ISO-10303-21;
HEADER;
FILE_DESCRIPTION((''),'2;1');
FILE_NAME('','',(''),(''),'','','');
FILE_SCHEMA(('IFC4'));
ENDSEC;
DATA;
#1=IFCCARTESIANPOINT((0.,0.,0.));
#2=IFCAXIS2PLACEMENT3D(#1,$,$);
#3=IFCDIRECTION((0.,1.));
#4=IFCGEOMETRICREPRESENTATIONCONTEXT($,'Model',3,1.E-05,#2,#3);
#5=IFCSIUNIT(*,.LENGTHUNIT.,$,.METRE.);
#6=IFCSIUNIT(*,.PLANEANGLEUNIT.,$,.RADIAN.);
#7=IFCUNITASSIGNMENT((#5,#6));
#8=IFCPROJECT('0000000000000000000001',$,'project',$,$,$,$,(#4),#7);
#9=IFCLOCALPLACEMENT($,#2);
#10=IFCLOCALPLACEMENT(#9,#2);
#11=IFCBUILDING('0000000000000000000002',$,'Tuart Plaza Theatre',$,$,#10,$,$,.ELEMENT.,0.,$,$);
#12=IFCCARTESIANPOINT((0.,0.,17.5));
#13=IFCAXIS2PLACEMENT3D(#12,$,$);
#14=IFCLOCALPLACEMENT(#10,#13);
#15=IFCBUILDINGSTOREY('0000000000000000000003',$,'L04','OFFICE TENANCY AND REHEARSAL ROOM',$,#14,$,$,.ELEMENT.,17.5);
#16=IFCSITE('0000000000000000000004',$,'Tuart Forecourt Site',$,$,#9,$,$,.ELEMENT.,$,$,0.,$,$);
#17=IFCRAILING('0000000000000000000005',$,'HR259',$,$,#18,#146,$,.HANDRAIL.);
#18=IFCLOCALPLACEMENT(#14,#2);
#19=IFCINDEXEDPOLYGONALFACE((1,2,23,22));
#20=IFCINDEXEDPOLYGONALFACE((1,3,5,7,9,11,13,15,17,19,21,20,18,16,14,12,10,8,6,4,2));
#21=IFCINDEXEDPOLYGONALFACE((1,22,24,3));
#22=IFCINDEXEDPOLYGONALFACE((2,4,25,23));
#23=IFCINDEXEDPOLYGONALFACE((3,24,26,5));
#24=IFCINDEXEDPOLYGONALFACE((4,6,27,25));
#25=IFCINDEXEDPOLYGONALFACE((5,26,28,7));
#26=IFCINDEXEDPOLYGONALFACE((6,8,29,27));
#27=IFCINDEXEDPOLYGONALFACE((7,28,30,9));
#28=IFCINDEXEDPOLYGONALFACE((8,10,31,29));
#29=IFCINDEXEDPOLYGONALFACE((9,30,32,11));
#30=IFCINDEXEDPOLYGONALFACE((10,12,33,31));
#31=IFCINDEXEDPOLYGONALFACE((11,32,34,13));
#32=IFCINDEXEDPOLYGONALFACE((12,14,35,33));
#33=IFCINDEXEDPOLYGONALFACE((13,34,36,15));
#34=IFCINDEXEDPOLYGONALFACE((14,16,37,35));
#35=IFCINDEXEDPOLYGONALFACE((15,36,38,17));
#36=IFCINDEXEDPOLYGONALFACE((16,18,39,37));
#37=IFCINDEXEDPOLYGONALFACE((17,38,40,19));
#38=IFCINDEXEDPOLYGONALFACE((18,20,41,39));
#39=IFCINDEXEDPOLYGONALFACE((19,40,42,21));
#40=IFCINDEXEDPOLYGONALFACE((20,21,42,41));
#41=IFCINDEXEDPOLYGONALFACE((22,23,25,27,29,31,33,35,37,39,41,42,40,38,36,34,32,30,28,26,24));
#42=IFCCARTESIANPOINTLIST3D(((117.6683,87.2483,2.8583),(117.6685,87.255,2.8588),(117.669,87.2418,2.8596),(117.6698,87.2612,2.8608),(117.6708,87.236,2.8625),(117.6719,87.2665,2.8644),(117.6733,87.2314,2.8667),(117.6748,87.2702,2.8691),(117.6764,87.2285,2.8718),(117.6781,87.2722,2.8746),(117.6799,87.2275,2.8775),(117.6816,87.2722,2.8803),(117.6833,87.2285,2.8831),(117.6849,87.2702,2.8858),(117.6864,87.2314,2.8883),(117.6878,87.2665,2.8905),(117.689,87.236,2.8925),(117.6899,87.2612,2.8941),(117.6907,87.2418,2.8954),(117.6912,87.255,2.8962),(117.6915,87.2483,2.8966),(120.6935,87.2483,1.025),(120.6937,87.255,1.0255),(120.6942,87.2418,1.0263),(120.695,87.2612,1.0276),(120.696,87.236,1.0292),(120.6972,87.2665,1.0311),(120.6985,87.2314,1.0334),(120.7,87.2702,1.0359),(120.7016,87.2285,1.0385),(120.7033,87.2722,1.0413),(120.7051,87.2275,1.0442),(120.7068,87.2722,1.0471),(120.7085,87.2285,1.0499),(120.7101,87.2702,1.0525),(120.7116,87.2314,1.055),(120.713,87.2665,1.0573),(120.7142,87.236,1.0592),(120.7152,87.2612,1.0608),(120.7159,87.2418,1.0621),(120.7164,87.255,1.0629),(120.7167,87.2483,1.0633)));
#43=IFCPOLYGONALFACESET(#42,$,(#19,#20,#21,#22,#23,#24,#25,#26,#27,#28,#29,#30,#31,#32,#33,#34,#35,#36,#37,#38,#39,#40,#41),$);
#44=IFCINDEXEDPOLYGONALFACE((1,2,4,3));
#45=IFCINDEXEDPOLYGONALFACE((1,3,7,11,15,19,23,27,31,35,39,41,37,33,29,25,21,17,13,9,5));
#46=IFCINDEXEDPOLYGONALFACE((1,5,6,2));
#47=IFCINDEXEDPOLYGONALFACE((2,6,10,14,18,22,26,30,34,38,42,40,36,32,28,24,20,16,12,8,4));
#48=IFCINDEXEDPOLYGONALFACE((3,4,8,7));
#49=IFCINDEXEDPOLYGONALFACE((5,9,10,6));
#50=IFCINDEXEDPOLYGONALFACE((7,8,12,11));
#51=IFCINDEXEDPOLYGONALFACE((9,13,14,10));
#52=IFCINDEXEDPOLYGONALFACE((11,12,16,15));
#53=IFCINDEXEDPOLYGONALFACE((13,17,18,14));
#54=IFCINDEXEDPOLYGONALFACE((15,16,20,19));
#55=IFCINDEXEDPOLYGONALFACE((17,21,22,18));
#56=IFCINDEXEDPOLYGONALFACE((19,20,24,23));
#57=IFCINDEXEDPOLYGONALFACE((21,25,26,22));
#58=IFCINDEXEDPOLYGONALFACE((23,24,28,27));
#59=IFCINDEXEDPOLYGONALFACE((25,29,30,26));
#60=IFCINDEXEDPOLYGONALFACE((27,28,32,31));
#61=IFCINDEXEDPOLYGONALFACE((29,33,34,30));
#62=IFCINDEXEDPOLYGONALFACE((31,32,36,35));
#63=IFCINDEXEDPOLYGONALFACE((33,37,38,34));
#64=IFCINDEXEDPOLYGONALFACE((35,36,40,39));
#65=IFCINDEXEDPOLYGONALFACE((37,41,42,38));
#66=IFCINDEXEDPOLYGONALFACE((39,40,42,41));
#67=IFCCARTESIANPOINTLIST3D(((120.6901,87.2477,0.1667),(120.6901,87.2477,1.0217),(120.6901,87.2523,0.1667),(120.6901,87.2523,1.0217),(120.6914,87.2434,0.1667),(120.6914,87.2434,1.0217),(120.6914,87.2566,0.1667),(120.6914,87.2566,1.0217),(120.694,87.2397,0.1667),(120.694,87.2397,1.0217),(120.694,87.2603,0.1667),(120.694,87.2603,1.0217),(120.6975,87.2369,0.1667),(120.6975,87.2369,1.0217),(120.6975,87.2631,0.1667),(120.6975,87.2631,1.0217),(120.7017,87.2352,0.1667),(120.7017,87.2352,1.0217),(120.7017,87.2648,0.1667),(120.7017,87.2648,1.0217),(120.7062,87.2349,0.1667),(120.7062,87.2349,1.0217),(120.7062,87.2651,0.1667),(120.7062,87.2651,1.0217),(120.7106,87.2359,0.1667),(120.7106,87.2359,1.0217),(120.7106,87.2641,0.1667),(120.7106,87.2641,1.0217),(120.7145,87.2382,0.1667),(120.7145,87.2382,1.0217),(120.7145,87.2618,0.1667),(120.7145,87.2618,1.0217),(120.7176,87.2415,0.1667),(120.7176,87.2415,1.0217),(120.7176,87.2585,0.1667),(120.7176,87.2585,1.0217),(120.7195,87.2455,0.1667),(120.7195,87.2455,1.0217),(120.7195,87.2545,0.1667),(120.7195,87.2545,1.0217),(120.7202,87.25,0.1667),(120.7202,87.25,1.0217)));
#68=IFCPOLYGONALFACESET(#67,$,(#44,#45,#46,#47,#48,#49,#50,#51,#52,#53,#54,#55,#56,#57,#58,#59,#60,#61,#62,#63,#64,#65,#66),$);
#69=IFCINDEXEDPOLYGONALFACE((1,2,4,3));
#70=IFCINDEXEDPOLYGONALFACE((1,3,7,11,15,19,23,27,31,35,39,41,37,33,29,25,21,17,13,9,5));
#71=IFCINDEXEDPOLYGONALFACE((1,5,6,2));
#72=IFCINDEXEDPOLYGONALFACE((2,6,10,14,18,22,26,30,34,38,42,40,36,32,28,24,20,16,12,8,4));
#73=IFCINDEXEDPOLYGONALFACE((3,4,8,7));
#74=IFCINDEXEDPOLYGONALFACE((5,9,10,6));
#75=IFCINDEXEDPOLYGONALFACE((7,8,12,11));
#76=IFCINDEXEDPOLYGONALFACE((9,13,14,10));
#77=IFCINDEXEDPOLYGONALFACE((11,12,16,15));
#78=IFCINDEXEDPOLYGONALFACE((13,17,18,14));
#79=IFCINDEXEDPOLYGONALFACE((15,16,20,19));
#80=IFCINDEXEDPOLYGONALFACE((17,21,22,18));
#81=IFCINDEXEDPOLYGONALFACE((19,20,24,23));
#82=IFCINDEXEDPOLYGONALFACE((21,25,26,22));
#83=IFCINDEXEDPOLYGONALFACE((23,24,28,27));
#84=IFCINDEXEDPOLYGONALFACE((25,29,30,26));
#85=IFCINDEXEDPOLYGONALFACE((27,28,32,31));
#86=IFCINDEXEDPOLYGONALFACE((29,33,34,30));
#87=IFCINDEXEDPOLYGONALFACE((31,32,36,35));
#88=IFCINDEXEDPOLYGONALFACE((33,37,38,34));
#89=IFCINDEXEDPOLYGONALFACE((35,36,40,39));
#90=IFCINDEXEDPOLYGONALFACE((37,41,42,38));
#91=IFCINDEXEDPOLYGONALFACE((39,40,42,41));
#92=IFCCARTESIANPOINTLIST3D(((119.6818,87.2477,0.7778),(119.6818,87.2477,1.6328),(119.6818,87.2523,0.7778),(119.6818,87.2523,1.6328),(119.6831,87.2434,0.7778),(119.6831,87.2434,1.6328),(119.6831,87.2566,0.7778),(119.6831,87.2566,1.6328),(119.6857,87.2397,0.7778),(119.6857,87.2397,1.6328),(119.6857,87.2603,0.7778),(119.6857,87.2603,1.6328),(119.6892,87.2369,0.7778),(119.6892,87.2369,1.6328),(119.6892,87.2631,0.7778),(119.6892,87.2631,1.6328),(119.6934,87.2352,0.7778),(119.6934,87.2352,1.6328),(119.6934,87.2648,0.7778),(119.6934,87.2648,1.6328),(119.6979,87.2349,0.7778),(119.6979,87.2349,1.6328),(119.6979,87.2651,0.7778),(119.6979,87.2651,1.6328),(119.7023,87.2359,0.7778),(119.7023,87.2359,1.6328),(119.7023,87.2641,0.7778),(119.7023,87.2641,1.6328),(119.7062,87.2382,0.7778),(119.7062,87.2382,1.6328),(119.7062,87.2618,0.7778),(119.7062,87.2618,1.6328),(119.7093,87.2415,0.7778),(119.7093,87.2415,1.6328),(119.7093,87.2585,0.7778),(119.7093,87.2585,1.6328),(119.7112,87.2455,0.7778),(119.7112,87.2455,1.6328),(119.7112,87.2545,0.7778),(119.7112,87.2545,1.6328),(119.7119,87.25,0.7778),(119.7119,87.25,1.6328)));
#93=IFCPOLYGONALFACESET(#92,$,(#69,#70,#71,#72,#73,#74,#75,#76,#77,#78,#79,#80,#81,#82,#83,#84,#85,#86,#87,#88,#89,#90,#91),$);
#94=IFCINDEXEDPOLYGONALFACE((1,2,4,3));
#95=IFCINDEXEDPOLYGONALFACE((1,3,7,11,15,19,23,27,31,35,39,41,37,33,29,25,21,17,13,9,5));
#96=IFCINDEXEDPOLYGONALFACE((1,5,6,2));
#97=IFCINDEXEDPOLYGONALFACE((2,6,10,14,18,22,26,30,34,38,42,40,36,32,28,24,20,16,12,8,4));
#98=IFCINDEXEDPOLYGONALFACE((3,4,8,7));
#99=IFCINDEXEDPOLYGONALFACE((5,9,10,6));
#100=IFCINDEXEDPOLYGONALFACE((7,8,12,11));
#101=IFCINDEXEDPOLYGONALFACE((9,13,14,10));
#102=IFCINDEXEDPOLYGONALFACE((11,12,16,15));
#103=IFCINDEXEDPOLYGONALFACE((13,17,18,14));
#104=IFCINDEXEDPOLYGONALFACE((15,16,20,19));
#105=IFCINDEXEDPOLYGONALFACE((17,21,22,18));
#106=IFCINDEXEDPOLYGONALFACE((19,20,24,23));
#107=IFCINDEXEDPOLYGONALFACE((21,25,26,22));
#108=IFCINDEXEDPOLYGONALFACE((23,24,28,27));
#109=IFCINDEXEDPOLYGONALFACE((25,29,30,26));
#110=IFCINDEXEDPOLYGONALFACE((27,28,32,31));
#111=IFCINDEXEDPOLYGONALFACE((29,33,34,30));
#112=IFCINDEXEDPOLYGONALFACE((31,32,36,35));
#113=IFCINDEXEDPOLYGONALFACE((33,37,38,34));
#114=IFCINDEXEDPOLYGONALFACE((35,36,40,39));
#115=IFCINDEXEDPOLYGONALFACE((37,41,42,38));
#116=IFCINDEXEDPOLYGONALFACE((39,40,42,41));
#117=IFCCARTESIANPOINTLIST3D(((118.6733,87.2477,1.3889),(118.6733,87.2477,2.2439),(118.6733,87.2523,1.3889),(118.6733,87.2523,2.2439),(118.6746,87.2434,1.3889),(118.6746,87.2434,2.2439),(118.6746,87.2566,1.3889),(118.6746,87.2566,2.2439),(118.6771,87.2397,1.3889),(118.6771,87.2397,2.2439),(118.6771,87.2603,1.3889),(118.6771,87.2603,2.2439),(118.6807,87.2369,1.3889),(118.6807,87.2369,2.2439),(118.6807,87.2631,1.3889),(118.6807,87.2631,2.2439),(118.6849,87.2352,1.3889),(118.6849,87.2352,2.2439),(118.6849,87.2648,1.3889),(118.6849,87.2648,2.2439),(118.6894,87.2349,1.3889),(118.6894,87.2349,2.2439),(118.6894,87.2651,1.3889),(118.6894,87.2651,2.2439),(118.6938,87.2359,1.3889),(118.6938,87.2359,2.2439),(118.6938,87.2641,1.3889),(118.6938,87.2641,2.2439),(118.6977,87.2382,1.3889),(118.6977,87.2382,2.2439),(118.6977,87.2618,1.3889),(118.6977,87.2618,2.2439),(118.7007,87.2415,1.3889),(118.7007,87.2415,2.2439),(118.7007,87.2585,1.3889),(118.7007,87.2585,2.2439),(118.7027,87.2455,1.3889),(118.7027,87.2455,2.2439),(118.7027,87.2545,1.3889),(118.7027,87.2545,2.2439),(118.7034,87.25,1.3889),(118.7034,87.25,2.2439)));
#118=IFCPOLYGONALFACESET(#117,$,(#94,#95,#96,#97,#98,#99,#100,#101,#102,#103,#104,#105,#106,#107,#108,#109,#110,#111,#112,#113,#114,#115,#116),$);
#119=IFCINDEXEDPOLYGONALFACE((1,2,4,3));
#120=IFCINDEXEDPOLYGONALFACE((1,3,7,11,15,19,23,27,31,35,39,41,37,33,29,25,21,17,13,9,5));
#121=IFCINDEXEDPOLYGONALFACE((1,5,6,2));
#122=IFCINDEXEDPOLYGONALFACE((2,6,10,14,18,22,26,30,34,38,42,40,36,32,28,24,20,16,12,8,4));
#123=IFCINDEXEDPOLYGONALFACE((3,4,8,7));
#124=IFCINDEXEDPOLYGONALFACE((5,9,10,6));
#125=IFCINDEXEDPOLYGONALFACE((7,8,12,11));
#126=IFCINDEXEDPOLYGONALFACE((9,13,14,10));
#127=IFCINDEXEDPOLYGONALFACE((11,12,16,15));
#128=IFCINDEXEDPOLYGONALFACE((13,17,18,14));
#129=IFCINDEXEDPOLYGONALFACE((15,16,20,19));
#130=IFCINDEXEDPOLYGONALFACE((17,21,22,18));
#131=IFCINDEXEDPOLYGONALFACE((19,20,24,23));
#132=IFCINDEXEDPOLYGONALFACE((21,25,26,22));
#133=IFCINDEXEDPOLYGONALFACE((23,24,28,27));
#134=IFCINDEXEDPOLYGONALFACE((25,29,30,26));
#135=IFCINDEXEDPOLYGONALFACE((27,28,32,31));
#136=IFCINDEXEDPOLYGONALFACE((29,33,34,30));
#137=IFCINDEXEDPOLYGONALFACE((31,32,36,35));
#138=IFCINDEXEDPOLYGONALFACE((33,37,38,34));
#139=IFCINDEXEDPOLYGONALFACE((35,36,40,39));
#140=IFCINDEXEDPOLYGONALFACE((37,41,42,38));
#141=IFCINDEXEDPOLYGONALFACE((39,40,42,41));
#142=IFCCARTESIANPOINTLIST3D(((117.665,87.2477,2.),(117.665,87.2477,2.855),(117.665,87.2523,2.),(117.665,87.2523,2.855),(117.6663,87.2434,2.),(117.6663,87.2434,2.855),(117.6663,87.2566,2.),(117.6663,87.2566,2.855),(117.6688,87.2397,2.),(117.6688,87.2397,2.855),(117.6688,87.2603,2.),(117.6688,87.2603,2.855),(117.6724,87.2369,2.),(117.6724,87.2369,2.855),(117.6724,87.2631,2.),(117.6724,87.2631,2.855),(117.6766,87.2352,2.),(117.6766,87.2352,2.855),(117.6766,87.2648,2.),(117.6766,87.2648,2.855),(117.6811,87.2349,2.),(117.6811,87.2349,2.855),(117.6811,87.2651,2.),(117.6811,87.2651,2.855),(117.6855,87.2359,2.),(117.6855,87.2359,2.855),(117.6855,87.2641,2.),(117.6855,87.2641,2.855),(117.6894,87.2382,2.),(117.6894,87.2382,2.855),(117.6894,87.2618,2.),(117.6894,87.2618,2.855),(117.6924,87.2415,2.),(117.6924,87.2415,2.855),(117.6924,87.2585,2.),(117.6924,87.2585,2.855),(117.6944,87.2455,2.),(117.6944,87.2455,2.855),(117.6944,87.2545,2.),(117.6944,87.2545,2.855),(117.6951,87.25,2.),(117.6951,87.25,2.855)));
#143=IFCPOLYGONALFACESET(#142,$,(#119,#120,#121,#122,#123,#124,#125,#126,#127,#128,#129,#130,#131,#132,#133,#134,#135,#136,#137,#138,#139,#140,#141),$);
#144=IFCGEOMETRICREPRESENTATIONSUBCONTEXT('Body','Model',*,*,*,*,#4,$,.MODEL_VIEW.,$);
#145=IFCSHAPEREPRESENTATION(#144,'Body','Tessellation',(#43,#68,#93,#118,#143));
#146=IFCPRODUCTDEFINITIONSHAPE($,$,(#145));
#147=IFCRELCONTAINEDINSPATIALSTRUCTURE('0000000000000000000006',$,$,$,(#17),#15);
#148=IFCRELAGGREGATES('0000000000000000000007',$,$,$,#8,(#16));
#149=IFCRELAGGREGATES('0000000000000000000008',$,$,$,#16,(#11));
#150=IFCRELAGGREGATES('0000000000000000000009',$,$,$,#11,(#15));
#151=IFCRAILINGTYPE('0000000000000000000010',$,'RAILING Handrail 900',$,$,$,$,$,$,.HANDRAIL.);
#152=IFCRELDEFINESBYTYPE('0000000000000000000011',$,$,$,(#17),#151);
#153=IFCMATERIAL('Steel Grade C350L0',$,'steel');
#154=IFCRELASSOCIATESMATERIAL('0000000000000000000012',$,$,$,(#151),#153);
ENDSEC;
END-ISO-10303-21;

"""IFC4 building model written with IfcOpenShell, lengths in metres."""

from ifc_helpers import new_model, si_unit, direction, frame, origin, origin_2d, place, context, subcontext, project, spatial, circle, extrude, material, type_object, element, save


model = new_model("IFC4")

# Units and contexts
model_context = context("Model", 3, precision=1e-05, world=origin(), true_north=direction((0.0, 1.0)))
body_context = subcontext(model_context, "Body", "Model", "MODEL_VIEW")
ifc_project = project(units=[si_unit("LENGTHUNIT", "METRE"), si_unit("PLANEANGLEUNIT", "RADIAN")], contexts=[model_context])

# Site, building, storey
site_placement = place(None, origin())
site = spatial("IfcSite", under=ifc_project, at=site_placement, Name="Tuart Forecourt Site", CompositionType="ELEMENT", RefElevation=0.0)
building_placement = place(site_placement, origin())
building = spatial("IfcBuilding", under=site, at=building_placement, Name="Tuart Plaza Theatre", CompositionType="ELEMENT", ElevationOfRefHeight=0.0)
storey_placement = place(building_placement, frame((0.0, 0.0, 17.5)))
storey = spatial("IfcBuildingStorey", under=building, at=storey_placement, Name="L04", Description="OFFICE TENANCY AND REHEARSAL ROOM", CompositionType="ELEMENT", Elevation=17.5)

# Railing
ifc_material_1 = material(Name="Steel Grade C350L0", Category="steel")
railing_type_1 = type_object("IfcRailingType", Name="RAILING Handrail 900", PredefinedType="HANDRAIL", material=ifc_material_1)
for number, where, name in (
    (1, (120.7051, 87.25, 0.1667), "HR259"),
):
    element("IfcRailing", number, at=place(storey_placement, frame(where)), inside=storey, type_object=railing_type_1, Name=name, PredefinedType="HANDRAIL", context=body_context, shape_type="SweptSolid", body=[
        extrude(circle(Radius=0.0225, at=origin_2d()), frame((0.0, 0.0, 0.8774), z_axis=(-0.855219, 0.0, 0.518267), x_axis=(0.0, -1.0, 0.0)), (0.0, 0.0, 1.0), 3.5374),
        extrude(circle(Radius=0.0151, at=origin_2d()), origin(), (0.0, 0.0, 1.0), 0.855),
        extrude(circle(Radius=0.0151, at=origin_2d()), frame((-1.0083, 0.0, 0.6111)), (0.0, 0.0, 1.0), 0.855),
        extrude(circle(Radius=0.0151, at=origin_2d()), frame((-2.0168, 0.0, 1.2222)), (0.0, 0.0, 1.0), 0.855),
        extrude(circle(Radius=0.0151, at=origin_2d()), frame((-3.0251, 0.0, 1.8333)), (0.0, 0.0, 1.0), 0.855),
    ])

save(model, "model.ifc")
